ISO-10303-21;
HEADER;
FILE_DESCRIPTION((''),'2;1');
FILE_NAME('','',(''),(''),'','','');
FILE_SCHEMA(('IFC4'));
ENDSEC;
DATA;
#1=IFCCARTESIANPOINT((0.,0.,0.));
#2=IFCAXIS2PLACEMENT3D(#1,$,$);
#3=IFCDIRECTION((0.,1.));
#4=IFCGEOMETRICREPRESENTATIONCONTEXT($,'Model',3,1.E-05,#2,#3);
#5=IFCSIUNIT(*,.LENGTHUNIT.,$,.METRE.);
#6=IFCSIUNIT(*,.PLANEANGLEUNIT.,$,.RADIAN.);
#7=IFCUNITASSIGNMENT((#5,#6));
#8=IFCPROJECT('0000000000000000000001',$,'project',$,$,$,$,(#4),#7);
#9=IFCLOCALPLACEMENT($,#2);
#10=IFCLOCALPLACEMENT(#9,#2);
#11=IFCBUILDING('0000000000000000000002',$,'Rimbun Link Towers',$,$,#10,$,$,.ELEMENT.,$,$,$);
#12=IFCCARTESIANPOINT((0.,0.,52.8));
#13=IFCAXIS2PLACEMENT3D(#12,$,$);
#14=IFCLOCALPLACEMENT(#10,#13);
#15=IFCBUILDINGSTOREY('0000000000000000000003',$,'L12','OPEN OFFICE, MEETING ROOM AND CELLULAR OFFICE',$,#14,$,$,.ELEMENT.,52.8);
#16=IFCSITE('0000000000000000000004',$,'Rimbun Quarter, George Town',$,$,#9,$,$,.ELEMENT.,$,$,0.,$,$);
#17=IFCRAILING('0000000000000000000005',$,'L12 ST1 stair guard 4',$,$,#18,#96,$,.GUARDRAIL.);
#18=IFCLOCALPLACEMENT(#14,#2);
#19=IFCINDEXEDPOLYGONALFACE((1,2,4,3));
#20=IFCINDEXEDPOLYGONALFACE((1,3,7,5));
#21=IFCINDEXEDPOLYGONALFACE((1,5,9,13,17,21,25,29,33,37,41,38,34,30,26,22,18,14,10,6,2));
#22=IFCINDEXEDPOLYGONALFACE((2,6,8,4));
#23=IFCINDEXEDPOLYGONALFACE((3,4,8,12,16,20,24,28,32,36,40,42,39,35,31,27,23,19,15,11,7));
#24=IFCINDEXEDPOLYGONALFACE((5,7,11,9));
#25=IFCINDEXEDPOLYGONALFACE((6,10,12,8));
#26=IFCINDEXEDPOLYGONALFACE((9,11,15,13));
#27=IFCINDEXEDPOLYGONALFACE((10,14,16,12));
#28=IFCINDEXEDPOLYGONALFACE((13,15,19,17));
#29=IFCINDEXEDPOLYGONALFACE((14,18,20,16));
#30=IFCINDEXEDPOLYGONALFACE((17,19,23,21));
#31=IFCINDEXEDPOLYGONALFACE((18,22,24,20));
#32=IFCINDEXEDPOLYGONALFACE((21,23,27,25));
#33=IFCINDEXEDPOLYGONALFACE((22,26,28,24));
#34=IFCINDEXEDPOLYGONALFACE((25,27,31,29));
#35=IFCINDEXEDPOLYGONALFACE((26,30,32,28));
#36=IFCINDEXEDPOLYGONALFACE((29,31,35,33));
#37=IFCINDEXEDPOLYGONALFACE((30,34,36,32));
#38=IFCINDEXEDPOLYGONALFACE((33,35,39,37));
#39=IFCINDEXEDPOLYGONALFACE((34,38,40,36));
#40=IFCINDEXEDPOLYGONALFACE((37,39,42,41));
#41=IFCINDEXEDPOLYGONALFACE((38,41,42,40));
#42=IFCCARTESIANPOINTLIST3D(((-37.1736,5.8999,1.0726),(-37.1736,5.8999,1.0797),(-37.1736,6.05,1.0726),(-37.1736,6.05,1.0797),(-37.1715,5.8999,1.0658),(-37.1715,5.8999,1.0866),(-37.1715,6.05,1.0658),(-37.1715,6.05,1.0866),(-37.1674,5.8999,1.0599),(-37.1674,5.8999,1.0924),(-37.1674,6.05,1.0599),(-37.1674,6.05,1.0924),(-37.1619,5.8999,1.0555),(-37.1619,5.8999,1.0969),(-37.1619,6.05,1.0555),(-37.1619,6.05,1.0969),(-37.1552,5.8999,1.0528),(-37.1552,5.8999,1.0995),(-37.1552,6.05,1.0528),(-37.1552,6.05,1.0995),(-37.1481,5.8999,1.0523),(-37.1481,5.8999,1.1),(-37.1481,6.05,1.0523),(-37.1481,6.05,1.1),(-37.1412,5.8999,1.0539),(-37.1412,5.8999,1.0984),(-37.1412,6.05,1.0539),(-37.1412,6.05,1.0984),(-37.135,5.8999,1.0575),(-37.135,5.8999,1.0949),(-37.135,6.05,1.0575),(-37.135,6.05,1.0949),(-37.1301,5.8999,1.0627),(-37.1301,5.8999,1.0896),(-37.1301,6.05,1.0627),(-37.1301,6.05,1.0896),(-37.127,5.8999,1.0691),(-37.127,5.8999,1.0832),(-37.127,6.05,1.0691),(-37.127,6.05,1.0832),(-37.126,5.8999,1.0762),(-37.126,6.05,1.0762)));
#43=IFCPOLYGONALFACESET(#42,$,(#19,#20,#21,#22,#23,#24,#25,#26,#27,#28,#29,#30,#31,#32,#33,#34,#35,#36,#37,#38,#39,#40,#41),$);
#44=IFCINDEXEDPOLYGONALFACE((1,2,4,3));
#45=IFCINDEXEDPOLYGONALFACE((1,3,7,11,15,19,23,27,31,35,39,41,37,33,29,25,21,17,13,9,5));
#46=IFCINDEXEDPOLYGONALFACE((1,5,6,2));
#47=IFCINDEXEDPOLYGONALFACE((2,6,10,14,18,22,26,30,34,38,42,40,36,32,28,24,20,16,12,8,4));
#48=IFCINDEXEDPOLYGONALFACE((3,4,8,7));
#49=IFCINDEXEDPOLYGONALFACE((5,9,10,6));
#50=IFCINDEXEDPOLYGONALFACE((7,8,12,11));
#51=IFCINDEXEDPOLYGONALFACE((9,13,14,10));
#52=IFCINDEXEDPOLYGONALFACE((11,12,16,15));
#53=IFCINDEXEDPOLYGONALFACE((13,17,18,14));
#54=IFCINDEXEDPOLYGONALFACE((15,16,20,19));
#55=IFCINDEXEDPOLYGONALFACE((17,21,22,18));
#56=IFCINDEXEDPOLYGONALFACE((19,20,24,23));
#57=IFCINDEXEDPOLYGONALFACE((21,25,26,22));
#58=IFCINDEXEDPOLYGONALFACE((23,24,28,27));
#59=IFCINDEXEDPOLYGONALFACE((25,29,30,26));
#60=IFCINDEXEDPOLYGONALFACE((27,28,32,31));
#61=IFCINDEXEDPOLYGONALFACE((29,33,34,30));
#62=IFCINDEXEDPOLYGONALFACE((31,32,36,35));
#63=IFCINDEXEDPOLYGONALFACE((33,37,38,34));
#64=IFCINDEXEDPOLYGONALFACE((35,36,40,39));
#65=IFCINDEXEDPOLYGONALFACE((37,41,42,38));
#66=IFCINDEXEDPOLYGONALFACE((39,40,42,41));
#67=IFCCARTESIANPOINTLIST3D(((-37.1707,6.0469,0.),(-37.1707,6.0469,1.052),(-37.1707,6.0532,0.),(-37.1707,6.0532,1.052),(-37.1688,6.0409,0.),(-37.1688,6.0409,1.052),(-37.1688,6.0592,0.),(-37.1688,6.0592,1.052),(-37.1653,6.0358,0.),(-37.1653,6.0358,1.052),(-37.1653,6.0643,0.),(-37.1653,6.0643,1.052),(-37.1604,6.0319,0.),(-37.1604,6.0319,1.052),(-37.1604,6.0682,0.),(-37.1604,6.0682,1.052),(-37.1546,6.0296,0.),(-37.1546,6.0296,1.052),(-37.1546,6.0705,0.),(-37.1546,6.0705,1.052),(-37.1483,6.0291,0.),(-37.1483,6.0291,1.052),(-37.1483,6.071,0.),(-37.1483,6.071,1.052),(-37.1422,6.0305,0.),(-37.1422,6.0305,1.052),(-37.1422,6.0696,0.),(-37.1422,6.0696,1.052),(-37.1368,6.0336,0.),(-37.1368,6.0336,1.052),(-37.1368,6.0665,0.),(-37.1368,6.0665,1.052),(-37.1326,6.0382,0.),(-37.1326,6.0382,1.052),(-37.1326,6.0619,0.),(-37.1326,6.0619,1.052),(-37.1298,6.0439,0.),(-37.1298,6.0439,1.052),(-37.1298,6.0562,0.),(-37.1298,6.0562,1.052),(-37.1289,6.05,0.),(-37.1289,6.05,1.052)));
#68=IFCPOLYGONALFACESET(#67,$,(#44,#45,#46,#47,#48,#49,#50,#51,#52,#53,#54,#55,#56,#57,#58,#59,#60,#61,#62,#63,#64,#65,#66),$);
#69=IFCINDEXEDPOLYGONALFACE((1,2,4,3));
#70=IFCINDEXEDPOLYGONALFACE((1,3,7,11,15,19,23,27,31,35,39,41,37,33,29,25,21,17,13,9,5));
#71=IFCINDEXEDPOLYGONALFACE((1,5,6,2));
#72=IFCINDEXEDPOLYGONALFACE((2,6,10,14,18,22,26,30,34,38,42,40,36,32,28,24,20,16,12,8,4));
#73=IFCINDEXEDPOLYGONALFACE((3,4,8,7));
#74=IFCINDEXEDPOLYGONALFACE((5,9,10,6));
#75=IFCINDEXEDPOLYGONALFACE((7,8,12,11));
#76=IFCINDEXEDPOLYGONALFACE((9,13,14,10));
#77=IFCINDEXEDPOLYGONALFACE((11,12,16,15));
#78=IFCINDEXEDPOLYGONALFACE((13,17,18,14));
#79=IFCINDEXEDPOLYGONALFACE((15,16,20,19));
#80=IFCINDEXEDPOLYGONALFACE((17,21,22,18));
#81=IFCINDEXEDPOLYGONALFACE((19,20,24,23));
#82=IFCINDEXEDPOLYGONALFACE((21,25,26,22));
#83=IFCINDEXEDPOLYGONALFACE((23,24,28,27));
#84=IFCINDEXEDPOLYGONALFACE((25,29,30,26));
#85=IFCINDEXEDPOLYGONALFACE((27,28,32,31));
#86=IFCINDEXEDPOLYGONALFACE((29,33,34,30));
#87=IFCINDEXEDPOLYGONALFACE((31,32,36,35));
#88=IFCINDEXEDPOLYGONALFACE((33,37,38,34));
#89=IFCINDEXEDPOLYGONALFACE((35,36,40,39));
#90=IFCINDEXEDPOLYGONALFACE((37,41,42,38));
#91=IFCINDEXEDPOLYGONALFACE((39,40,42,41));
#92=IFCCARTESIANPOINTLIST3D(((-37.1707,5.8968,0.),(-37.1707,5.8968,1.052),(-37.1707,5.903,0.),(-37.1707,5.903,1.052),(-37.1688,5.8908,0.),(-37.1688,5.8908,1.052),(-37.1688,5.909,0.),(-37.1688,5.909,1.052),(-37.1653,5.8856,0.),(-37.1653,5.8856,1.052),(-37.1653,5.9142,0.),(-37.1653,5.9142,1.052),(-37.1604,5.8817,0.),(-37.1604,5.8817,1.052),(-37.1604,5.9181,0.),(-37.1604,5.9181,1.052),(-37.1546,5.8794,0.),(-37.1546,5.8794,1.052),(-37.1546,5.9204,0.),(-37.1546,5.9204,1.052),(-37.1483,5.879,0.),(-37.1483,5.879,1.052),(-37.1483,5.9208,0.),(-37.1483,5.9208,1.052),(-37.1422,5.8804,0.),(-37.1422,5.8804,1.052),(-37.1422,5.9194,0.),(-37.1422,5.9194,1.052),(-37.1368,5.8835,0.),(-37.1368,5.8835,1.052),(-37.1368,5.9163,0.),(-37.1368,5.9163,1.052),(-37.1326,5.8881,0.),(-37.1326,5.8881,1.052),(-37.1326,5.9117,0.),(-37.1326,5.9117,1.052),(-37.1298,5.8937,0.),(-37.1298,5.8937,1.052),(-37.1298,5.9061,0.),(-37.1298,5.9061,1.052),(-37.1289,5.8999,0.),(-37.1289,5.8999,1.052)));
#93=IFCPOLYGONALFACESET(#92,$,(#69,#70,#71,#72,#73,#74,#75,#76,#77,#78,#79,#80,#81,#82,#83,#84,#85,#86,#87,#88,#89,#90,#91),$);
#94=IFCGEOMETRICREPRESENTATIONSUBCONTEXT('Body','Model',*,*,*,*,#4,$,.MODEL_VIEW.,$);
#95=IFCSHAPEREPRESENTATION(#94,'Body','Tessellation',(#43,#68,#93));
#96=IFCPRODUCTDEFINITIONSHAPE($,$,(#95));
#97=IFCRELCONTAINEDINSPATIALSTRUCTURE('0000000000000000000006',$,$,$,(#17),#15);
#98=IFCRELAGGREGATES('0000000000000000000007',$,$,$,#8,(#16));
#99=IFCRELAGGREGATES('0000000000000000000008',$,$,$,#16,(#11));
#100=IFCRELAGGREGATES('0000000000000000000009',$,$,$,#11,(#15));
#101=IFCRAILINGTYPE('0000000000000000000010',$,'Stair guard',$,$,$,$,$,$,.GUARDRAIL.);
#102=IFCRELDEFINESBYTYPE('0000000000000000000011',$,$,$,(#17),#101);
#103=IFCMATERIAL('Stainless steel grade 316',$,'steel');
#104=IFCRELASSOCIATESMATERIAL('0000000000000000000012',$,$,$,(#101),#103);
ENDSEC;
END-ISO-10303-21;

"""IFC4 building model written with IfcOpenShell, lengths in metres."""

from ifc_helpers import new_model, si_unit, direction, frame, origin, origin_2d, place, context, subcontext, project, spatial, circle, extrude, material, type_object, element, save


model = new_model("IFC4")

# Units and contexts
model_context = context("Model", 3, precision=1e-05, world=origin(), true_north=direction((0.0, 1.0)))
body_context = subcontext(model_context, "Body", "Model", "MODEL_VIEW")
ifc_project = project(units=[si_unit("LENGTHUNIT", "METRE"), si_unit("PLANEANGLEUNIT", "RADIAN")], contexts=[model_context])

# Site, building, storey
site_placement = place(None, origin())
site = spatial("IfcSite", under=ifc_project, at=site_placement, Name="Rimbun Quarter, George Town", CompositionType="ELEMENT", RefElevation=0.0)
building_placement = place(site_placement, origin())
building = spatial("IfcBuilding", under=site, at=building_placement, Name="Rimbun Link Towers", CompositionType="ELEMENT")
storey_placement = place(building_placement, frame((0.0, 0.0, 52.8)))
storey = spatial("IfcBuildingStorey", under=building, at=storey_placement, Name="L12", Description="OPEN OFFICE, MEETING ROOM AND CELLULAR OFFICE", CompositionType="ELEMENT", Elevation=52.8)

# Railing
ifc_material_1 = material(Name="Stainless steel grade 316", Category="steel")
railing_type_1 = type_object("IfcRailingType", Name="Stair guard", PredefinedType="GUARDRAIL", material=ifc_material_1)
railing_1_placement = place(storey_placement, frame((-37.1499, 6.05, 0.0)))
element("IfcRailing", 1, at=railing_1_placement, inside=storey, type_object=railing_type_1, Name="L12 ST1 stair guard 4", PredefinedType="GUARDRAIL", context=body_context, shape_type="SweptSolid", body=[
    extrude(circle(Radius=0.0239, at=origin_2d()), frame((0.0, 0.0, 1.0762), z_axis=(0.0, -1.0, 0.0), x_axis=(1.0, 0.0, 0.0)), (0.0, 0.0, 1.0), 0.1501),
    extrude(circle(Radius=0.021, at=origin_2d()), origin(), (0.0, 0.0, 1.0), 1.052),
    extrude(circle(Radius=0.021, at=origin_2d()), frame((0.0, -0.1501, 0.0)), (0.0, 0.0, 1.0), 1.052),
])

save(model, "model.ifc")
